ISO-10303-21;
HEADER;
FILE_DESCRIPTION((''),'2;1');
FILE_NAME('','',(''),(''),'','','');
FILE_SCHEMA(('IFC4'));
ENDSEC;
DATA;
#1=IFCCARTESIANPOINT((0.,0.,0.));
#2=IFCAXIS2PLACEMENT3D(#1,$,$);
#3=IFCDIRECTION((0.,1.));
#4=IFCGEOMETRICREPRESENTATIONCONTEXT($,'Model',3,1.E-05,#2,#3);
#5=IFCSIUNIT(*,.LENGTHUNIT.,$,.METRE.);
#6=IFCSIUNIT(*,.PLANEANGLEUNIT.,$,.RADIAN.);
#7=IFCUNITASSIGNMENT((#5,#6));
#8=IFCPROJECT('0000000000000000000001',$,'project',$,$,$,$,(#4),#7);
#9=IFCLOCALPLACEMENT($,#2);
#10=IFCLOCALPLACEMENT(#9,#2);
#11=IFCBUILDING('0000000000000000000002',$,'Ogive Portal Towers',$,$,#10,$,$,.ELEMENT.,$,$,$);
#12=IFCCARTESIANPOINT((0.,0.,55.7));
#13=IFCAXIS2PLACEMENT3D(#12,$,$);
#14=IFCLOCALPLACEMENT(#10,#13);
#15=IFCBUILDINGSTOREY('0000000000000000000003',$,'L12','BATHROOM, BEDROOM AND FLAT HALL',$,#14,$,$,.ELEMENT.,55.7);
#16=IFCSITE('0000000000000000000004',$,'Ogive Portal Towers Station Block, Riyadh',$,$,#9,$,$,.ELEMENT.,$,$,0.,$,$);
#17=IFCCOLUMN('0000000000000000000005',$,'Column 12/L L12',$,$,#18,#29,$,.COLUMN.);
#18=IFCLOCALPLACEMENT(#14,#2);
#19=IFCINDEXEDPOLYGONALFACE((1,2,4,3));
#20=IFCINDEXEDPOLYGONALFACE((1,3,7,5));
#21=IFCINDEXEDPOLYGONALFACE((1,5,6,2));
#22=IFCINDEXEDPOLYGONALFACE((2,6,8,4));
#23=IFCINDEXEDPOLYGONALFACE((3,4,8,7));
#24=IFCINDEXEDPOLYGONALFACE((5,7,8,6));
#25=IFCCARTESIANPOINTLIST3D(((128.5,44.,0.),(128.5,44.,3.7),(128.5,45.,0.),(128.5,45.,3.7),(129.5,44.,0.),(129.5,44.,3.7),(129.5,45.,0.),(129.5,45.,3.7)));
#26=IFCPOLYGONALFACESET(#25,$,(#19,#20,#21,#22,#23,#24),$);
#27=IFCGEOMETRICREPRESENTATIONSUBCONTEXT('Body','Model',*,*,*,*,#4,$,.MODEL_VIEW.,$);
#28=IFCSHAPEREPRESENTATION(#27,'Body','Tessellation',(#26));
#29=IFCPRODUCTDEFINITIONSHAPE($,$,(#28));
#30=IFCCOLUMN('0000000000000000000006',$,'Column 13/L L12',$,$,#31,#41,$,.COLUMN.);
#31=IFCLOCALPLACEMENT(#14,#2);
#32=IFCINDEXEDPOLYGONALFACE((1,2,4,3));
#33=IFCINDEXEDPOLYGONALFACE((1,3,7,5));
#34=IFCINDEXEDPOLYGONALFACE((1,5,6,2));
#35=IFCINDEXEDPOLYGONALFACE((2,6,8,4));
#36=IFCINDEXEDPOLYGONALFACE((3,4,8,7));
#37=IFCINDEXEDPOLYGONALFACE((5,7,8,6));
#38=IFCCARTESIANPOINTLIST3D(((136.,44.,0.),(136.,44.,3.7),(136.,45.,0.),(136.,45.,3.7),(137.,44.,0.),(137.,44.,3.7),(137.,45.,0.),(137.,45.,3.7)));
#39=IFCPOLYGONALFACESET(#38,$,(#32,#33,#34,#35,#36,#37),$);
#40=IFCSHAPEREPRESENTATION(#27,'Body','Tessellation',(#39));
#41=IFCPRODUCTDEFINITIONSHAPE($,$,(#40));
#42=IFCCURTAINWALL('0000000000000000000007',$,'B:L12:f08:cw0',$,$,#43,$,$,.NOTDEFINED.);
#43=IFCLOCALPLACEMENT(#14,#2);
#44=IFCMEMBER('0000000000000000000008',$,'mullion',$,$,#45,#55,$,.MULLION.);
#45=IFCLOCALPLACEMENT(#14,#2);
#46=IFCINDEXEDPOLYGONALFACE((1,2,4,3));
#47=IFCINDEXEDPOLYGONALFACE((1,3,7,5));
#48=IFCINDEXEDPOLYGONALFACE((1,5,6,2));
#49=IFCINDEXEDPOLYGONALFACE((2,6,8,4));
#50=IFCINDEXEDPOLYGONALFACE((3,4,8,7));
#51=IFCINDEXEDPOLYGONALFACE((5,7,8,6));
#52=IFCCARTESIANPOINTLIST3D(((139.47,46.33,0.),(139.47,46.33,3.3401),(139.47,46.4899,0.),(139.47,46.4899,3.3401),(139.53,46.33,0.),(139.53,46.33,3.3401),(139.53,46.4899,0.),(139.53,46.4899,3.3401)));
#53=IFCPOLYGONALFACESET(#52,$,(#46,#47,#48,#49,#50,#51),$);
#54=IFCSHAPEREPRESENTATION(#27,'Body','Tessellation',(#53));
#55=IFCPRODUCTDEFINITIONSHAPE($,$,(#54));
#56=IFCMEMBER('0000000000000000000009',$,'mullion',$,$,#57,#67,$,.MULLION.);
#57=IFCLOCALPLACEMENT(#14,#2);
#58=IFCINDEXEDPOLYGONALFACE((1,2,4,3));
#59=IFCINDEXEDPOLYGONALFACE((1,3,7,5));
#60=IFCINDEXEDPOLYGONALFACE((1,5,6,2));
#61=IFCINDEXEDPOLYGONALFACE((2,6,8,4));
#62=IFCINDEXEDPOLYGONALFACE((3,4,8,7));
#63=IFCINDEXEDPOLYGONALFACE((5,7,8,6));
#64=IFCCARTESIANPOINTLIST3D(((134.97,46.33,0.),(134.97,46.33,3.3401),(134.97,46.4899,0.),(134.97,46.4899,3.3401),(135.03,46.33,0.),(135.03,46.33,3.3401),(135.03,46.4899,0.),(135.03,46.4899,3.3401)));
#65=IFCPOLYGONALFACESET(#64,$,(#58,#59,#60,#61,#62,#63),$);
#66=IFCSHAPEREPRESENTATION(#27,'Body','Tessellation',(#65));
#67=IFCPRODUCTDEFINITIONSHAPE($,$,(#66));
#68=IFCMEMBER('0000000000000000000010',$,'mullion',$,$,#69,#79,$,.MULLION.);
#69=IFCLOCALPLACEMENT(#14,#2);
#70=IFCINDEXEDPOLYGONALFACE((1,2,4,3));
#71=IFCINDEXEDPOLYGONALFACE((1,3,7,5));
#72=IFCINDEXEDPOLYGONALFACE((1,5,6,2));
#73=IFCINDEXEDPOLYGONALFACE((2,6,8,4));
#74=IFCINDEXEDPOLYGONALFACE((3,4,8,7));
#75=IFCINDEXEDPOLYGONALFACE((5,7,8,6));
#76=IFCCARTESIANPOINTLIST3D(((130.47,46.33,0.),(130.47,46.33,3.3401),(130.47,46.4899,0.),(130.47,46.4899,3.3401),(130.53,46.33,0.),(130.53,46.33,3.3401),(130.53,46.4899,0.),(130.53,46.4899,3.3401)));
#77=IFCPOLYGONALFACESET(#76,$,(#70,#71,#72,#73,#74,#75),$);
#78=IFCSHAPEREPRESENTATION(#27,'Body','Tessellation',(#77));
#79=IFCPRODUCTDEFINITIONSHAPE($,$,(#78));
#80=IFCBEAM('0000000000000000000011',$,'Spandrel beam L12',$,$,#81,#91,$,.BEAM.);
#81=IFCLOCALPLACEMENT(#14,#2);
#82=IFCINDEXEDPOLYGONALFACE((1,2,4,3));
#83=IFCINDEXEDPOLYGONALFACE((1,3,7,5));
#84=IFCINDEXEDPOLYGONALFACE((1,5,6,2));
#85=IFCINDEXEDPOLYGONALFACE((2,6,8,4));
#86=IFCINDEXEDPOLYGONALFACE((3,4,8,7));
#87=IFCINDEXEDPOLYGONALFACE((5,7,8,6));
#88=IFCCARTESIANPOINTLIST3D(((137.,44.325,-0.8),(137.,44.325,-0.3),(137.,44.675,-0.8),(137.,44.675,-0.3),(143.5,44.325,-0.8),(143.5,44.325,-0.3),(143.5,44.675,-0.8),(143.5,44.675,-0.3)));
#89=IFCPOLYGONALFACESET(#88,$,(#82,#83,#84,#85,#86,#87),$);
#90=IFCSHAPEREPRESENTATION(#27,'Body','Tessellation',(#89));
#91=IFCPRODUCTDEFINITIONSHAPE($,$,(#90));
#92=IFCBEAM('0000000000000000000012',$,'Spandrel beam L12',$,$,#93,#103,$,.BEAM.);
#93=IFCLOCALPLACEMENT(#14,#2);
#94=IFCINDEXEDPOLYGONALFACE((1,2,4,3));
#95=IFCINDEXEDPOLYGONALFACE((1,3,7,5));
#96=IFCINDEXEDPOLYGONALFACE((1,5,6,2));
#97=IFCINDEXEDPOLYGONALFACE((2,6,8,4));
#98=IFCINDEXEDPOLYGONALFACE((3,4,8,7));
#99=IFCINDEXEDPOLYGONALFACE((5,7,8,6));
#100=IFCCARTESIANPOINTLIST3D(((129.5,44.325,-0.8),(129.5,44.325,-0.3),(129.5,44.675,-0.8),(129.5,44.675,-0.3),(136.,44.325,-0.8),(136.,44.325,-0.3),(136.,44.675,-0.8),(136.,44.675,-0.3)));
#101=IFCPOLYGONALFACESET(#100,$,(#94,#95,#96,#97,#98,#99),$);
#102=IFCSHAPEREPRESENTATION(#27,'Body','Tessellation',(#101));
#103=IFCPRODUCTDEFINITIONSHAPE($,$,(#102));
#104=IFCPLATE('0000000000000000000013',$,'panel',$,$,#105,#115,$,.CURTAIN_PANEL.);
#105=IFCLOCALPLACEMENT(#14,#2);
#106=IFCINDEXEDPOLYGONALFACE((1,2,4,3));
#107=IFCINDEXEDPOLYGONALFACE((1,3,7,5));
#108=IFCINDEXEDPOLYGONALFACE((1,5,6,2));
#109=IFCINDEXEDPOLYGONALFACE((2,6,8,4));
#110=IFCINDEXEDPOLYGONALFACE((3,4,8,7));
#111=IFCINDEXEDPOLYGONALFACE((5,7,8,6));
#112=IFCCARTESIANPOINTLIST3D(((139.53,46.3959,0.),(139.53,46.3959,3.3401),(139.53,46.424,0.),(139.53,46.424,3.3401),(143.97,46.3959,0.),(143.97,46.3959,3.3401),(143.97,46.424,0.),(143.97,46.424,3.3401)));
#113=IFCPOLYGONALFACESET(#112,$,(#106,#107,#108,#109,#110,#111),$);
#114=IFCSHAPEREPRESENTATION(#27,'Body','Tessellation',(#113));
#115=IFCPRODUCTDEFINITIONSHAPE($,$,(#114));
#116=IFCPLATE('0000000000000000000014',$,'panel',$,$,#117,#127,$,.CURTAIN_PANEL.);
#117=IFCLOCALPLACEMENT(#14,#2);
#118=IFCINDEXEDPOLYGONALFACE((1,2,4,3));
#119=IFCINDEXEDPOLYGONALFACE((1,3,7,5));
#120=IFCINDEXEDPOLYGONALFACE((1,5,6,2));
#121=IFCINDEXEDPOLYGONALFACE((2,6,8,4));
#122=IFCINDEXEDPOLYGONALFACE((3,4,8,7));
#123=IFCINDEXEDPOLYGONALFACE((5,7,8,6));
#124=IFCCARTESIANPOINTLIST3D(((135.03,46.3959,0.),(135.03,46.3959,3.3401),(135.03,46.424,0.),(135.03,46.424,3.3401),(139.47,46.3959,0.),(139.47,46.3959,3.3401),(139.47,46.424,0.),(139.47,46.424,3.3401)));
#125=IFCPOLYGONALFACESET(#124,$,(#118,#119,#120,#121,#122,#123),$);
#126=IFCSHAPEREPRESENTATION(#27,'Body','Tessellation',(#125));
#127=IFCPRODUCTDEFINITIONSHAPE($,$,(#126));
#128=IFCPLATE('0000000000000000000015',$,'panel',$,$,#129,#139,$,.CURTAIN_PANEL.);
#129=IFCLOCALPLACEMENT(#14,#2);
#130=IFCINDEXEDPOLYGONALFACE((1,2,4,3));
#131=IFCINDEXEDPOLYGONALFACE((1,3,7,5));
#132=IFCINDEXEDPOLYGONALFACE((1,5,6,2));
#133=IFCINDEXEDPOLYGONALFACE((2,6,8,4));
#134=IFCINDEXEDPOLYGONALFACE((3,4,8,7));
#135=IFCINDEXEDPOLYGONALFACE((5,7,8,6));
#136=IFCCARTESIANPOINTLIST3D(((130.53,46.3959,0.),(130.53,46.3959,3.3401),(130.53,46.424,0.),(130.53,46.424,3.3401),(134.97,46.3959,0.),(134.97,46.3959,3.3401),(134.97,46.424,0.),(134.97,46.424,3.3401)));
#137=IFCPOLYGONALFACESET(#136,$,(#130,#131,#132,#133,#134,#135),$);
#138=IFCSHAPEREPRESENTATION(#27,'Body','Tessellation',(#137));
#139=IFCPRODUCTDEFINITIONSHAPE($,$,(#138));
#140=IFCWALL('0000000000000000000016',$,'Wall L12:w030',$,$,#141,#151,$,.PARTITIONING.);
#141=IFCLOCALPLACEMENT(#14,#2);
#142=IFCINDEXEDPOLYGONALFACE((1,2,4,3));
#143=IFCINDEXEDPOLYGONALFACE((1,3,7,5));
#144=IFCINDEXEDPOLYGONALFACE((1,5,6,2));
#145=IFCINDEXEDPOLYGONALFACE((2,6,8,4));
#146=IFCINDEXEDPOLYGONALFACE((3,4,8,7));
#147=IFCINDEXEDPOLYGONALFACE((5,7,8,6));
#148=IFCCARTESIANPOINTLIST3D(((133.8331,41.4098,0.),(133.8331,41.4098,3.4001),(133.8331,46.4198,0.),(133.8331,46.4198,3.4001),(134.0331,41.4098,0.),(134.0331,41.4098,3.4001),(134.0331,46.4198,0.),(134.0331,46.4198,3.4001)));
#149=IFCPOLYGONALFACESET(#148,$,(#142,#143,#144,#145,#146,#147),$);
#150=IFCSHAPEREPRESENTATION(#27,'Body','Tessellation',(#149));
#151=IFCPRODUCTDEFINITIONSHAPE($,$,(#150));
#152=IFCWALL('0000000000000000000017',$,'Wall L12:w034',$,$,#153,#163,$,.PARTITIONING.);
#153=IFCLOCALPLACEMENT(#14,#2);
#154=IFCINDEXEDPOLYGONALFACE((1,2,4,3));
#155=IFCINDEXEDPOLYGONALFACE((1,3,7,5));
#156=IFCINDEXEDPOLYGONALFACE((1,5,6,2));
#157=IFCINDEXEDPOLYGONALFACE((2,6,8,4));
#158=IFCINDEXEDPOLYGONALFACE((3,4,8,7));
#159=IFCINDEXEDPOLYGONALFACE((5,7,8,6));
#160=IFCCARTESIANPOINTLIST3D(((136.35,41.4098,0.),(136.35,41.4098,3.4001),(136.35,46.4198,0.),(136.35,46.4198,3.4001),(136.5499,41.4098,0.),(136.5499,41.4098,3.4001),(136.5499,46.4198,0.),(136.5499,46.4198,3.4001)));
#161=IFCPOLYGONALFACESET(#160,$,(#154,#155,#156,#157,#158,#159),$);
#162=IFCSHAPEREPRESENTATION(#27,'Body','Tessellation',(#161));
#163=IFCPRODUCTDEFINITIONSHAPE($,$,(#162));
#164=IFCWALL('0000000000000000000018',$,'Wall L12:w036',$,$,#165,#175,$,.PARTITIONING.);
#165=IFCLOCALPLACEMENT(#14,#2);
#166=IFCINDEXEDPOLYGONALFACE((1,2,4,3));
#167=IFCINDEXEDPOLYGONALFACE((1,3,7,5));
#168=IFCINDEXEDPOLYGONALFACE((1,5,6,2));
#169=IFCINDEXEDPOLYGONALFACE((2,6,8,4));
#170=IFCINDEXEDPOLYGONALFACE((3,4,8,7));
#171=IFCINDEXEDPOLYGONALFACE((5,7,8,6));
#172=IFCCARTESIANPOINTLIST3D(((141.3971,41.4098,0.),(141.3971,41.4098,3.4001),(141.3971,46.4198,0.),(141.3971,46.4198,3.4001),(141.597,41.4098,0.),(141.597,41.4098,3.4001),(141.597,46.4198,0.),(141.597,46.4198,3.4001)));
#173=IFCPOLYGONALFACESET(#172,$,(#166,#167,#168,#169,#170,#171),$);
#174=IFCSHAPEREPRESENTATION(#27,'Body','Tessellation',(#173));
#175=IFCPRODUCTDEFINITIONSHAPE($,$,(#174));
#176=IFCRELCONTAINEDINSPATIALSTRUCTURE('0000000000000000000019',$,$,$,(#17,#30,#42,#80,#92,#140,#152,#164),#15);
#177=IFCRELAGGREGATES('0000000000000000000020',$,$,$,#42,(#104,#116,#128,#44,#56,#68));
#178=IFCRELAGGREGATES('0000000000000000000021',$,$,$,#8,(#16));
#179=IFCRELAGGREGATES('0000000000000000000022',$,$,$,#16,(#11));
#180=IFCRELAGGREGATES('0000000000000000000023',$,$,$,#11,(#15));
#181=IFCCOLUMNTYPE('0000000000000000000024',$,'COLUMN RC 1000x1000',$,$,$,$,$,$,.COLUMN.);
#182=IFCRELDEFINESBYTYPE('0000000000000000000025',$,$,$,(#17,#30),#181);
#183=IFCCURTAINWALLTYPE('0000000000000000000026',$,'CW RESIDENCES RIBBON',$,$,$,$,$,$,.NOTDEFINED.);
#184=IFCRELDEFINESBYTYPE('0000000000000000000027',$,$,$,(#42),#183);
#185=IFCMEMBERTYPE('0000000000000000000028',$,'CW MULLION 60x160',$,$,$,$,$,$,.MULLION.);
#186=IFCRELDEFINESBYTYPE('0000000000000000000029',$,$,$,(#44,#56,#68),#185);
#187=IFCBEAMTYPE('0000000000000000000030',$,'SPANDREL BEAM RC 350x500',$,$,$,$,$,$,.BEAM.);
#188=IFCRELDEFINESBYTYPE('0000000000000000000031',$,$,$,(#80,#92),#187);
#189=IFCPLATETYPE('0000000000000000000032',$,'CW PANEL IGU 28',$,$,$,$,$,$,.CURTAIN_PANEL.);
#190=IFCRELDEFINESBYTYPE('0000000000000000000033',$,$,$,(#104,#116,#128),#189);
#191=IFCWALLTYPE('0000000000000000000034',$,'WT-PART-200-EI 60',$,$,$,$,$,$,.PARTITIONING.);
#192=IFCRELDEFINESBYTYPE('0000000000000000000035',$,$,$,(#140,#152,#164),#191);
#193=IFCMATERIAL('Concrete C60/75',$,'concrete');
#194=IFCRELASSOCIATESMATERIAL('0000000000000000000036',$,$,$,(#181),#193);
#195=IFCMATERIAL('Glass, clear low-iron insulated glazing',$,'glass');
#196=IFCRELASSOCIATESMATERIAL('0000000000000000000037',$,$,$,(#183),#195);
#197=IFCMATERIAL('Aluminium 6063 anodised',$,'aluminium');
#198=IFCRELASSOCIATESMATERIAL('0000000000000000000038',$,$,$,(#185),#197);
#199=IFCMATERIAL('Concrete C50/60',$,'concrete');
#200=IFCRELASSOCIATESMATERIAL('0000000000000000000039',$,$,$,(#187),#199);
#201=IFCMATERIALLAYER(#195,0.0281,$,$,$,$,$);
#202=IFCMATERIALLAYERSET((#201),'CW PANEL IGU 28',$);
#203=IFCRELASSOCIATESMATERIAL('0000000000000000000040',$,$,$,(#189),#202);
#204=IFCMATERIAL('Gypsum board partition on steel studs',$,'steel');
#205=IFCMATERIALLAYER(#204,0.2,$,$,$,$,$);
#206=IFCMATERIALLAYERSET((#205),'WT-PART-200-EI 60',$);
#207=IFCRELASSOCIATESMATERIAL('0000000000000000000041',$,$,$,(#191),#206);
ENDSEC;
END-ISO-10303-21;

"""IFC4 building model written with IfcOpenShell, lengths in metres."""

from ifc_helpers import new_model, si_unit, direction, frame, frame_2d, origin, origin_2d, place, context, subcontext, project, spatial, rectangle, extrude, material, layer, layer_set, material_profile, profile_set, type_object, element, aggregate, save


model = new_model("IFC4")

# Units and contexts
model_context = context("Model", 3, precision=1e-05, world=origin(), true_north=direction((0.0, 1.0)))
body_context = subcontext(model_context, "Body", "Model", "MODEL_VIEW")
ifc_project = project(units=[si_unit("LENGTHUNIT", "METRE"), si_unit("PLANEANGLEUNIT", "RADIAN")], contexts=[model_context])

# Site, building, storey
site_placement = place(None, origin())
site = spatial("IfcSite", under=ifc_project, at=site_placement, Name="Ogive Portal Towers Station Block, Riyadh", CompositionType="ELEMENT", RefElevation=0.0)
building_placement = place(site_placement, origin())
building = spatial("IfcBuilding", under=site, at=building_placement, Name="Ogive Portal Towers", CompositionType="ELEMENT")
storey_placement = place(building_placement, frame((0.0, 0.0, 55.7)))
storey = spatial("IfcBuildingStorey", under=building, at=storey_placement, Name="L12", Description="BATHROOM, BEDROOM AND FLAT HALL", CompositionType="ELEMENT", Elevation=55.7)

# Columns
ifc_material_1 = material(Name="Concrete C60/75", Category="concrete")
ifc_material_profile_1 = material_profile(ifc_material_1, rectangle(XDim=1.0, YDim=1.0, at=origin_2d()), Name="RC 1000x1000")
ifc_profile_set_1 = profile_set([ifc_material_profile_1], Name="Concrete C60/75")
column_type = type_object("IfcColumnType", Name="COLUMN RC 1000x1000", PredefinedType="COLUMN", material=ifc_profile_set_1)
for number, where, z_axis, x_axis, name in (
    (1, (129.0, 44.5, 0.0), (0.0, 0.0, 1.0), (1.0, 0.0, 0.0), "Column 12/L L12"),
    (2, (136.5, 44.5, 0.0), (0.0, 0.0, 1.0), (1.0, 0.0, 0.0), "Column 13/L L12"),
):
    element("IfcColumn", number, at=place(storey_placement, frame(where, z_axis=z_axis, x_axis=x_axis)), inside=storey, type_object=column_type, Name=name, PredefinedType="COLUMN", context=body_context, shape_type="SweptSolid", body=[
        extrude(rectangle(XDim=1.0, YDim=1.0, at=origin_2d()), origin(), (0.0, 0.0, 1.0), 3.7),
    ])

# Curtain wall, members
ifc_material_2 = material(Name="Glass, clear low-iron insulated glazing", Category="glass")
curtain_wall_type = type_object("IfcCurtainWallType", Name="CW RESIDENCES RIBBON", PredefinedType="NOTDEFINED", material=ifc_material_2)
curtain_wall_placement = place(storey_placement, origin())
curtain_wall = element("IfcCurtainWall", 3, at=curtain_wall_placement, inside=storey, type_object=curtain_wall_type, Name="B:L12:f08:cw0", PredefinedType="NOTDEFINED")
ifc_material_3 = material(Name="Aluminium 6063 anodised", Category="aluminium")
ifc_material_profile_2 = material_profile(ifc_material_3, rectangle(XDim=0.1599, YDim=0.0601, at=origin_2d()), Name="AL 60x160")
ifc_profile_set_2 = profile_set([ifc_material_profile_2], Name="Aluminium 6063 anodised")
member_type = type_object("IfcMemberType", Name="CW MULLION 60x160", PredefinedType="MULLION", material=ifc_profile_set_2)
member_1_placement = place(storey_placement, frame((139.5, 46.4099, 0.0), z_axis=(0.0, 0.0, 1.0), x_axis=(0.0, -1.0, 0.0)))
member_1 = element("IfcMember", 4, at=member_1_placement, type_object=member_type, Name="mullion", PredefinedType="MULLION", context=body_context, shape_type="SweptSolid", body=[
    extrude(rectangle(XDim=0.1599, YDim=0.0601, at=origin_2d()), origin(), (0.0, 0.0, 1.0), 3.3401),
])
member_2_placement = place(storey_placement, frame((135.0, 46.4099, 0.0), z_axis=(0.0, 0.0, 1.0), x_axis=(0.0, -1.0, 0.0)))
member_2 = element("IfcMember", 5, at=member_2_placement, type_object=member_type, Name="mullion", PredefinedType="MULLION", context=body_context, shape_type="SweptSolid", body=[
    extrude(rectangle(XDim=0.1599, YDim=0.0601, at=origin_2d()), origin(), (0.0, 0.0, 1.0), 3.3401),
])
member_3_placement = place(storey_placement, frame((130.5, 46.4099, 0.0), z_axis=(0.0, 0.0, 1.0), x_axis=(0.0, -1.0, 0.0)))
member_3 = element("IfcMember", 6, at=member_3_placement, type_object=member_type, Name="mullion", PredefinedType="MULLION", context=body_context, shape_type="SweptSolid", body=[
    extrude(rectangle(XDim=0.1599, YDim=0.0601, at=origin_2d()), origin(), (0.0, 0.0, 1.0), 3.3401),
])

# Beams
ifc_material_4 = material(Name="Concrete C50/60", Category="concrete")
ifc_material_profile_3 = material_profile(ifc_material_4, rectangle(XDim=0.3501, YDim=0.5, at=origin_2d()), Name="RC 350x500")
ifc_profile_set_3 = profile_set([ifc_material_profile_3], Name="Concrete C50/60")
beam_type = type_object("IfcBeamType", Name="SPANDREL BEAM RC 350x500", PredefinedType="BEAM", material=ifc_profile_set_3)
for number, where, z_axis, x_axis, name in (
    (7, (143.5, 44.5, -0.55), (-1.0, 0.0, 0.0), (0.0, -1.0, 0.0), "Spandrel beam L12"),
    (8, (136.0, 44.5, -0.55), (-1.0, 0.0, 0.0), (0.0, -1.0, 0.0), "Spandrel beam L12"),
):
    element("IfcBeam", number, at=place(storey_placement, frame(where, z_axis=z_axis, x_axis=x_axis)), inside=storey, type_object=beam_type, Name=name, PredefinedType="BEAM", context=body_context, shape_type="SweptSolid", body=[
        extrude(rectangle(XDim=0.3501, YDim=0.5, at=origin_2d()), origin(), (0.0, 0.0, 1.0), 6.5),
    ])

# Plates
ifc_layer_1 = layer(ifc_material_2, 0.0281)
ifc_layer_set_1 = layer_set([ifc_layer_1], Name="CW PANEL IGU 28")
plate_type = type_object("IfcPlateType", Name="CW PANEL IGU 28", PredefinedType="CURTAIN_PANEL", material=ifc_layer_set_1)
plate_1_placement = place(storey_placement, frame((141.75, 46.4099, 0.0), z_axis=(0.0, 0.0, 1.0), x_axis=(-1.0, 0.0, 0.0)))
plate_1 = element("IfcPlate", 9, at=plate_1_placement, type_object=plate_type, Name="panel", PredefinedType="CURTAIN_PANEL", context=body_context, shape_type="SweptSolid", body=[
    extrude(rectangle(XDim=4.4399, YDim=0.0281, at=origin_2d()), origin(), (0.0, 0.0, 1.0), 3.3401),
])
plate_2_placement = place(storey_placement, frame((137.25, 46.4099, 0.0), z_axis=(0.0, 0.0, 1.0), x_axis=(-1.0, 0.0, 0.0)))
plate_2 = element("IfcPlate", 10, at=plate_2_placement, type_object=plate_type, Name="panel", PredefinedType="CURTAIN_PANEL", context=body_context, shape_type="SweptSolid", body=[
    extrude(rectangle(XDim=4.4399, YDim=0.0281, at=origin_2d()), origin(), (0.0, 0.0, 1.0), 3.3401),
])
plate_3_placement = place(storey_placement, frame((132.75, 46.4099, 0.0), z_axis=(0.0, 0.0, 1.0), x_axis=(-1.0, 0.0, 0.0)))
plate_3 = element("IfcPlate", 11, at=plate_3_placement, type_object=plate_type, Name="panel", PredefinedType="CURTAIN_PANEL", context=body_context, shape_type="SweptSolid", body=[
    extrude(rectangle(XDim=4.4399, YDim=0.0281, at=origin_2d()), origin(), (0.0, 0.0, 1.0), 3.3401),
])
aggregate(curtain_wall, [plate_1, plate_2, plate_3, member_1, member_2, member_3])

# Walls
ifc_material_5 = material(Name="Gypsum board partition on steel studs", Category="steel")
ifc_layer_2 = layer(ifc_material_5, 0.2)
ifc_layer_set_2 = layer_set([ifc_layer_2], Name="WT-PART-200-EI 60")
wall_type = type_object("IfcWallType", Name="WT-PART-200-EI 60", PredefinedType="PARTITIONING", material=ifc_layer_set_2)
for number, where, z_axis, x_axis, name in (
    (12, (133.9331, 41.4099, 0.0), (0.0, 0.0, 1.0), (0.0, 1.0, 0.0), "Wall L12:w030"),
    (13, (136.45, 41.4099, 0.0), (0.0, 0.0, 1.0), (0.0, 1.0, 0.0), "Wall L12:w034"),
    (14, (141.4971, 41.4099, 0.0), (0.0, 0.0, 1.0), (0.0, 1.0, 0.0), "Wall L12:w036"),
):
    element("IfcWall", number, at=place(storey_placement, frame(where, z_axis=z_axis, x_axis=x_axis)), inside=storey, type_object=wall_type, Name=name, PredefinedType="PARTITIONING", context=body_context, shape_type="SweptSolid", body=[
        extrude(rectangle(XDim=5.01, YDim=0.2, at=frame_2d((2.5049, 0.0))), origin(), (0.0, 0.0, 1.0), 3.4001),
    ])

save(model, "model.ifc")
